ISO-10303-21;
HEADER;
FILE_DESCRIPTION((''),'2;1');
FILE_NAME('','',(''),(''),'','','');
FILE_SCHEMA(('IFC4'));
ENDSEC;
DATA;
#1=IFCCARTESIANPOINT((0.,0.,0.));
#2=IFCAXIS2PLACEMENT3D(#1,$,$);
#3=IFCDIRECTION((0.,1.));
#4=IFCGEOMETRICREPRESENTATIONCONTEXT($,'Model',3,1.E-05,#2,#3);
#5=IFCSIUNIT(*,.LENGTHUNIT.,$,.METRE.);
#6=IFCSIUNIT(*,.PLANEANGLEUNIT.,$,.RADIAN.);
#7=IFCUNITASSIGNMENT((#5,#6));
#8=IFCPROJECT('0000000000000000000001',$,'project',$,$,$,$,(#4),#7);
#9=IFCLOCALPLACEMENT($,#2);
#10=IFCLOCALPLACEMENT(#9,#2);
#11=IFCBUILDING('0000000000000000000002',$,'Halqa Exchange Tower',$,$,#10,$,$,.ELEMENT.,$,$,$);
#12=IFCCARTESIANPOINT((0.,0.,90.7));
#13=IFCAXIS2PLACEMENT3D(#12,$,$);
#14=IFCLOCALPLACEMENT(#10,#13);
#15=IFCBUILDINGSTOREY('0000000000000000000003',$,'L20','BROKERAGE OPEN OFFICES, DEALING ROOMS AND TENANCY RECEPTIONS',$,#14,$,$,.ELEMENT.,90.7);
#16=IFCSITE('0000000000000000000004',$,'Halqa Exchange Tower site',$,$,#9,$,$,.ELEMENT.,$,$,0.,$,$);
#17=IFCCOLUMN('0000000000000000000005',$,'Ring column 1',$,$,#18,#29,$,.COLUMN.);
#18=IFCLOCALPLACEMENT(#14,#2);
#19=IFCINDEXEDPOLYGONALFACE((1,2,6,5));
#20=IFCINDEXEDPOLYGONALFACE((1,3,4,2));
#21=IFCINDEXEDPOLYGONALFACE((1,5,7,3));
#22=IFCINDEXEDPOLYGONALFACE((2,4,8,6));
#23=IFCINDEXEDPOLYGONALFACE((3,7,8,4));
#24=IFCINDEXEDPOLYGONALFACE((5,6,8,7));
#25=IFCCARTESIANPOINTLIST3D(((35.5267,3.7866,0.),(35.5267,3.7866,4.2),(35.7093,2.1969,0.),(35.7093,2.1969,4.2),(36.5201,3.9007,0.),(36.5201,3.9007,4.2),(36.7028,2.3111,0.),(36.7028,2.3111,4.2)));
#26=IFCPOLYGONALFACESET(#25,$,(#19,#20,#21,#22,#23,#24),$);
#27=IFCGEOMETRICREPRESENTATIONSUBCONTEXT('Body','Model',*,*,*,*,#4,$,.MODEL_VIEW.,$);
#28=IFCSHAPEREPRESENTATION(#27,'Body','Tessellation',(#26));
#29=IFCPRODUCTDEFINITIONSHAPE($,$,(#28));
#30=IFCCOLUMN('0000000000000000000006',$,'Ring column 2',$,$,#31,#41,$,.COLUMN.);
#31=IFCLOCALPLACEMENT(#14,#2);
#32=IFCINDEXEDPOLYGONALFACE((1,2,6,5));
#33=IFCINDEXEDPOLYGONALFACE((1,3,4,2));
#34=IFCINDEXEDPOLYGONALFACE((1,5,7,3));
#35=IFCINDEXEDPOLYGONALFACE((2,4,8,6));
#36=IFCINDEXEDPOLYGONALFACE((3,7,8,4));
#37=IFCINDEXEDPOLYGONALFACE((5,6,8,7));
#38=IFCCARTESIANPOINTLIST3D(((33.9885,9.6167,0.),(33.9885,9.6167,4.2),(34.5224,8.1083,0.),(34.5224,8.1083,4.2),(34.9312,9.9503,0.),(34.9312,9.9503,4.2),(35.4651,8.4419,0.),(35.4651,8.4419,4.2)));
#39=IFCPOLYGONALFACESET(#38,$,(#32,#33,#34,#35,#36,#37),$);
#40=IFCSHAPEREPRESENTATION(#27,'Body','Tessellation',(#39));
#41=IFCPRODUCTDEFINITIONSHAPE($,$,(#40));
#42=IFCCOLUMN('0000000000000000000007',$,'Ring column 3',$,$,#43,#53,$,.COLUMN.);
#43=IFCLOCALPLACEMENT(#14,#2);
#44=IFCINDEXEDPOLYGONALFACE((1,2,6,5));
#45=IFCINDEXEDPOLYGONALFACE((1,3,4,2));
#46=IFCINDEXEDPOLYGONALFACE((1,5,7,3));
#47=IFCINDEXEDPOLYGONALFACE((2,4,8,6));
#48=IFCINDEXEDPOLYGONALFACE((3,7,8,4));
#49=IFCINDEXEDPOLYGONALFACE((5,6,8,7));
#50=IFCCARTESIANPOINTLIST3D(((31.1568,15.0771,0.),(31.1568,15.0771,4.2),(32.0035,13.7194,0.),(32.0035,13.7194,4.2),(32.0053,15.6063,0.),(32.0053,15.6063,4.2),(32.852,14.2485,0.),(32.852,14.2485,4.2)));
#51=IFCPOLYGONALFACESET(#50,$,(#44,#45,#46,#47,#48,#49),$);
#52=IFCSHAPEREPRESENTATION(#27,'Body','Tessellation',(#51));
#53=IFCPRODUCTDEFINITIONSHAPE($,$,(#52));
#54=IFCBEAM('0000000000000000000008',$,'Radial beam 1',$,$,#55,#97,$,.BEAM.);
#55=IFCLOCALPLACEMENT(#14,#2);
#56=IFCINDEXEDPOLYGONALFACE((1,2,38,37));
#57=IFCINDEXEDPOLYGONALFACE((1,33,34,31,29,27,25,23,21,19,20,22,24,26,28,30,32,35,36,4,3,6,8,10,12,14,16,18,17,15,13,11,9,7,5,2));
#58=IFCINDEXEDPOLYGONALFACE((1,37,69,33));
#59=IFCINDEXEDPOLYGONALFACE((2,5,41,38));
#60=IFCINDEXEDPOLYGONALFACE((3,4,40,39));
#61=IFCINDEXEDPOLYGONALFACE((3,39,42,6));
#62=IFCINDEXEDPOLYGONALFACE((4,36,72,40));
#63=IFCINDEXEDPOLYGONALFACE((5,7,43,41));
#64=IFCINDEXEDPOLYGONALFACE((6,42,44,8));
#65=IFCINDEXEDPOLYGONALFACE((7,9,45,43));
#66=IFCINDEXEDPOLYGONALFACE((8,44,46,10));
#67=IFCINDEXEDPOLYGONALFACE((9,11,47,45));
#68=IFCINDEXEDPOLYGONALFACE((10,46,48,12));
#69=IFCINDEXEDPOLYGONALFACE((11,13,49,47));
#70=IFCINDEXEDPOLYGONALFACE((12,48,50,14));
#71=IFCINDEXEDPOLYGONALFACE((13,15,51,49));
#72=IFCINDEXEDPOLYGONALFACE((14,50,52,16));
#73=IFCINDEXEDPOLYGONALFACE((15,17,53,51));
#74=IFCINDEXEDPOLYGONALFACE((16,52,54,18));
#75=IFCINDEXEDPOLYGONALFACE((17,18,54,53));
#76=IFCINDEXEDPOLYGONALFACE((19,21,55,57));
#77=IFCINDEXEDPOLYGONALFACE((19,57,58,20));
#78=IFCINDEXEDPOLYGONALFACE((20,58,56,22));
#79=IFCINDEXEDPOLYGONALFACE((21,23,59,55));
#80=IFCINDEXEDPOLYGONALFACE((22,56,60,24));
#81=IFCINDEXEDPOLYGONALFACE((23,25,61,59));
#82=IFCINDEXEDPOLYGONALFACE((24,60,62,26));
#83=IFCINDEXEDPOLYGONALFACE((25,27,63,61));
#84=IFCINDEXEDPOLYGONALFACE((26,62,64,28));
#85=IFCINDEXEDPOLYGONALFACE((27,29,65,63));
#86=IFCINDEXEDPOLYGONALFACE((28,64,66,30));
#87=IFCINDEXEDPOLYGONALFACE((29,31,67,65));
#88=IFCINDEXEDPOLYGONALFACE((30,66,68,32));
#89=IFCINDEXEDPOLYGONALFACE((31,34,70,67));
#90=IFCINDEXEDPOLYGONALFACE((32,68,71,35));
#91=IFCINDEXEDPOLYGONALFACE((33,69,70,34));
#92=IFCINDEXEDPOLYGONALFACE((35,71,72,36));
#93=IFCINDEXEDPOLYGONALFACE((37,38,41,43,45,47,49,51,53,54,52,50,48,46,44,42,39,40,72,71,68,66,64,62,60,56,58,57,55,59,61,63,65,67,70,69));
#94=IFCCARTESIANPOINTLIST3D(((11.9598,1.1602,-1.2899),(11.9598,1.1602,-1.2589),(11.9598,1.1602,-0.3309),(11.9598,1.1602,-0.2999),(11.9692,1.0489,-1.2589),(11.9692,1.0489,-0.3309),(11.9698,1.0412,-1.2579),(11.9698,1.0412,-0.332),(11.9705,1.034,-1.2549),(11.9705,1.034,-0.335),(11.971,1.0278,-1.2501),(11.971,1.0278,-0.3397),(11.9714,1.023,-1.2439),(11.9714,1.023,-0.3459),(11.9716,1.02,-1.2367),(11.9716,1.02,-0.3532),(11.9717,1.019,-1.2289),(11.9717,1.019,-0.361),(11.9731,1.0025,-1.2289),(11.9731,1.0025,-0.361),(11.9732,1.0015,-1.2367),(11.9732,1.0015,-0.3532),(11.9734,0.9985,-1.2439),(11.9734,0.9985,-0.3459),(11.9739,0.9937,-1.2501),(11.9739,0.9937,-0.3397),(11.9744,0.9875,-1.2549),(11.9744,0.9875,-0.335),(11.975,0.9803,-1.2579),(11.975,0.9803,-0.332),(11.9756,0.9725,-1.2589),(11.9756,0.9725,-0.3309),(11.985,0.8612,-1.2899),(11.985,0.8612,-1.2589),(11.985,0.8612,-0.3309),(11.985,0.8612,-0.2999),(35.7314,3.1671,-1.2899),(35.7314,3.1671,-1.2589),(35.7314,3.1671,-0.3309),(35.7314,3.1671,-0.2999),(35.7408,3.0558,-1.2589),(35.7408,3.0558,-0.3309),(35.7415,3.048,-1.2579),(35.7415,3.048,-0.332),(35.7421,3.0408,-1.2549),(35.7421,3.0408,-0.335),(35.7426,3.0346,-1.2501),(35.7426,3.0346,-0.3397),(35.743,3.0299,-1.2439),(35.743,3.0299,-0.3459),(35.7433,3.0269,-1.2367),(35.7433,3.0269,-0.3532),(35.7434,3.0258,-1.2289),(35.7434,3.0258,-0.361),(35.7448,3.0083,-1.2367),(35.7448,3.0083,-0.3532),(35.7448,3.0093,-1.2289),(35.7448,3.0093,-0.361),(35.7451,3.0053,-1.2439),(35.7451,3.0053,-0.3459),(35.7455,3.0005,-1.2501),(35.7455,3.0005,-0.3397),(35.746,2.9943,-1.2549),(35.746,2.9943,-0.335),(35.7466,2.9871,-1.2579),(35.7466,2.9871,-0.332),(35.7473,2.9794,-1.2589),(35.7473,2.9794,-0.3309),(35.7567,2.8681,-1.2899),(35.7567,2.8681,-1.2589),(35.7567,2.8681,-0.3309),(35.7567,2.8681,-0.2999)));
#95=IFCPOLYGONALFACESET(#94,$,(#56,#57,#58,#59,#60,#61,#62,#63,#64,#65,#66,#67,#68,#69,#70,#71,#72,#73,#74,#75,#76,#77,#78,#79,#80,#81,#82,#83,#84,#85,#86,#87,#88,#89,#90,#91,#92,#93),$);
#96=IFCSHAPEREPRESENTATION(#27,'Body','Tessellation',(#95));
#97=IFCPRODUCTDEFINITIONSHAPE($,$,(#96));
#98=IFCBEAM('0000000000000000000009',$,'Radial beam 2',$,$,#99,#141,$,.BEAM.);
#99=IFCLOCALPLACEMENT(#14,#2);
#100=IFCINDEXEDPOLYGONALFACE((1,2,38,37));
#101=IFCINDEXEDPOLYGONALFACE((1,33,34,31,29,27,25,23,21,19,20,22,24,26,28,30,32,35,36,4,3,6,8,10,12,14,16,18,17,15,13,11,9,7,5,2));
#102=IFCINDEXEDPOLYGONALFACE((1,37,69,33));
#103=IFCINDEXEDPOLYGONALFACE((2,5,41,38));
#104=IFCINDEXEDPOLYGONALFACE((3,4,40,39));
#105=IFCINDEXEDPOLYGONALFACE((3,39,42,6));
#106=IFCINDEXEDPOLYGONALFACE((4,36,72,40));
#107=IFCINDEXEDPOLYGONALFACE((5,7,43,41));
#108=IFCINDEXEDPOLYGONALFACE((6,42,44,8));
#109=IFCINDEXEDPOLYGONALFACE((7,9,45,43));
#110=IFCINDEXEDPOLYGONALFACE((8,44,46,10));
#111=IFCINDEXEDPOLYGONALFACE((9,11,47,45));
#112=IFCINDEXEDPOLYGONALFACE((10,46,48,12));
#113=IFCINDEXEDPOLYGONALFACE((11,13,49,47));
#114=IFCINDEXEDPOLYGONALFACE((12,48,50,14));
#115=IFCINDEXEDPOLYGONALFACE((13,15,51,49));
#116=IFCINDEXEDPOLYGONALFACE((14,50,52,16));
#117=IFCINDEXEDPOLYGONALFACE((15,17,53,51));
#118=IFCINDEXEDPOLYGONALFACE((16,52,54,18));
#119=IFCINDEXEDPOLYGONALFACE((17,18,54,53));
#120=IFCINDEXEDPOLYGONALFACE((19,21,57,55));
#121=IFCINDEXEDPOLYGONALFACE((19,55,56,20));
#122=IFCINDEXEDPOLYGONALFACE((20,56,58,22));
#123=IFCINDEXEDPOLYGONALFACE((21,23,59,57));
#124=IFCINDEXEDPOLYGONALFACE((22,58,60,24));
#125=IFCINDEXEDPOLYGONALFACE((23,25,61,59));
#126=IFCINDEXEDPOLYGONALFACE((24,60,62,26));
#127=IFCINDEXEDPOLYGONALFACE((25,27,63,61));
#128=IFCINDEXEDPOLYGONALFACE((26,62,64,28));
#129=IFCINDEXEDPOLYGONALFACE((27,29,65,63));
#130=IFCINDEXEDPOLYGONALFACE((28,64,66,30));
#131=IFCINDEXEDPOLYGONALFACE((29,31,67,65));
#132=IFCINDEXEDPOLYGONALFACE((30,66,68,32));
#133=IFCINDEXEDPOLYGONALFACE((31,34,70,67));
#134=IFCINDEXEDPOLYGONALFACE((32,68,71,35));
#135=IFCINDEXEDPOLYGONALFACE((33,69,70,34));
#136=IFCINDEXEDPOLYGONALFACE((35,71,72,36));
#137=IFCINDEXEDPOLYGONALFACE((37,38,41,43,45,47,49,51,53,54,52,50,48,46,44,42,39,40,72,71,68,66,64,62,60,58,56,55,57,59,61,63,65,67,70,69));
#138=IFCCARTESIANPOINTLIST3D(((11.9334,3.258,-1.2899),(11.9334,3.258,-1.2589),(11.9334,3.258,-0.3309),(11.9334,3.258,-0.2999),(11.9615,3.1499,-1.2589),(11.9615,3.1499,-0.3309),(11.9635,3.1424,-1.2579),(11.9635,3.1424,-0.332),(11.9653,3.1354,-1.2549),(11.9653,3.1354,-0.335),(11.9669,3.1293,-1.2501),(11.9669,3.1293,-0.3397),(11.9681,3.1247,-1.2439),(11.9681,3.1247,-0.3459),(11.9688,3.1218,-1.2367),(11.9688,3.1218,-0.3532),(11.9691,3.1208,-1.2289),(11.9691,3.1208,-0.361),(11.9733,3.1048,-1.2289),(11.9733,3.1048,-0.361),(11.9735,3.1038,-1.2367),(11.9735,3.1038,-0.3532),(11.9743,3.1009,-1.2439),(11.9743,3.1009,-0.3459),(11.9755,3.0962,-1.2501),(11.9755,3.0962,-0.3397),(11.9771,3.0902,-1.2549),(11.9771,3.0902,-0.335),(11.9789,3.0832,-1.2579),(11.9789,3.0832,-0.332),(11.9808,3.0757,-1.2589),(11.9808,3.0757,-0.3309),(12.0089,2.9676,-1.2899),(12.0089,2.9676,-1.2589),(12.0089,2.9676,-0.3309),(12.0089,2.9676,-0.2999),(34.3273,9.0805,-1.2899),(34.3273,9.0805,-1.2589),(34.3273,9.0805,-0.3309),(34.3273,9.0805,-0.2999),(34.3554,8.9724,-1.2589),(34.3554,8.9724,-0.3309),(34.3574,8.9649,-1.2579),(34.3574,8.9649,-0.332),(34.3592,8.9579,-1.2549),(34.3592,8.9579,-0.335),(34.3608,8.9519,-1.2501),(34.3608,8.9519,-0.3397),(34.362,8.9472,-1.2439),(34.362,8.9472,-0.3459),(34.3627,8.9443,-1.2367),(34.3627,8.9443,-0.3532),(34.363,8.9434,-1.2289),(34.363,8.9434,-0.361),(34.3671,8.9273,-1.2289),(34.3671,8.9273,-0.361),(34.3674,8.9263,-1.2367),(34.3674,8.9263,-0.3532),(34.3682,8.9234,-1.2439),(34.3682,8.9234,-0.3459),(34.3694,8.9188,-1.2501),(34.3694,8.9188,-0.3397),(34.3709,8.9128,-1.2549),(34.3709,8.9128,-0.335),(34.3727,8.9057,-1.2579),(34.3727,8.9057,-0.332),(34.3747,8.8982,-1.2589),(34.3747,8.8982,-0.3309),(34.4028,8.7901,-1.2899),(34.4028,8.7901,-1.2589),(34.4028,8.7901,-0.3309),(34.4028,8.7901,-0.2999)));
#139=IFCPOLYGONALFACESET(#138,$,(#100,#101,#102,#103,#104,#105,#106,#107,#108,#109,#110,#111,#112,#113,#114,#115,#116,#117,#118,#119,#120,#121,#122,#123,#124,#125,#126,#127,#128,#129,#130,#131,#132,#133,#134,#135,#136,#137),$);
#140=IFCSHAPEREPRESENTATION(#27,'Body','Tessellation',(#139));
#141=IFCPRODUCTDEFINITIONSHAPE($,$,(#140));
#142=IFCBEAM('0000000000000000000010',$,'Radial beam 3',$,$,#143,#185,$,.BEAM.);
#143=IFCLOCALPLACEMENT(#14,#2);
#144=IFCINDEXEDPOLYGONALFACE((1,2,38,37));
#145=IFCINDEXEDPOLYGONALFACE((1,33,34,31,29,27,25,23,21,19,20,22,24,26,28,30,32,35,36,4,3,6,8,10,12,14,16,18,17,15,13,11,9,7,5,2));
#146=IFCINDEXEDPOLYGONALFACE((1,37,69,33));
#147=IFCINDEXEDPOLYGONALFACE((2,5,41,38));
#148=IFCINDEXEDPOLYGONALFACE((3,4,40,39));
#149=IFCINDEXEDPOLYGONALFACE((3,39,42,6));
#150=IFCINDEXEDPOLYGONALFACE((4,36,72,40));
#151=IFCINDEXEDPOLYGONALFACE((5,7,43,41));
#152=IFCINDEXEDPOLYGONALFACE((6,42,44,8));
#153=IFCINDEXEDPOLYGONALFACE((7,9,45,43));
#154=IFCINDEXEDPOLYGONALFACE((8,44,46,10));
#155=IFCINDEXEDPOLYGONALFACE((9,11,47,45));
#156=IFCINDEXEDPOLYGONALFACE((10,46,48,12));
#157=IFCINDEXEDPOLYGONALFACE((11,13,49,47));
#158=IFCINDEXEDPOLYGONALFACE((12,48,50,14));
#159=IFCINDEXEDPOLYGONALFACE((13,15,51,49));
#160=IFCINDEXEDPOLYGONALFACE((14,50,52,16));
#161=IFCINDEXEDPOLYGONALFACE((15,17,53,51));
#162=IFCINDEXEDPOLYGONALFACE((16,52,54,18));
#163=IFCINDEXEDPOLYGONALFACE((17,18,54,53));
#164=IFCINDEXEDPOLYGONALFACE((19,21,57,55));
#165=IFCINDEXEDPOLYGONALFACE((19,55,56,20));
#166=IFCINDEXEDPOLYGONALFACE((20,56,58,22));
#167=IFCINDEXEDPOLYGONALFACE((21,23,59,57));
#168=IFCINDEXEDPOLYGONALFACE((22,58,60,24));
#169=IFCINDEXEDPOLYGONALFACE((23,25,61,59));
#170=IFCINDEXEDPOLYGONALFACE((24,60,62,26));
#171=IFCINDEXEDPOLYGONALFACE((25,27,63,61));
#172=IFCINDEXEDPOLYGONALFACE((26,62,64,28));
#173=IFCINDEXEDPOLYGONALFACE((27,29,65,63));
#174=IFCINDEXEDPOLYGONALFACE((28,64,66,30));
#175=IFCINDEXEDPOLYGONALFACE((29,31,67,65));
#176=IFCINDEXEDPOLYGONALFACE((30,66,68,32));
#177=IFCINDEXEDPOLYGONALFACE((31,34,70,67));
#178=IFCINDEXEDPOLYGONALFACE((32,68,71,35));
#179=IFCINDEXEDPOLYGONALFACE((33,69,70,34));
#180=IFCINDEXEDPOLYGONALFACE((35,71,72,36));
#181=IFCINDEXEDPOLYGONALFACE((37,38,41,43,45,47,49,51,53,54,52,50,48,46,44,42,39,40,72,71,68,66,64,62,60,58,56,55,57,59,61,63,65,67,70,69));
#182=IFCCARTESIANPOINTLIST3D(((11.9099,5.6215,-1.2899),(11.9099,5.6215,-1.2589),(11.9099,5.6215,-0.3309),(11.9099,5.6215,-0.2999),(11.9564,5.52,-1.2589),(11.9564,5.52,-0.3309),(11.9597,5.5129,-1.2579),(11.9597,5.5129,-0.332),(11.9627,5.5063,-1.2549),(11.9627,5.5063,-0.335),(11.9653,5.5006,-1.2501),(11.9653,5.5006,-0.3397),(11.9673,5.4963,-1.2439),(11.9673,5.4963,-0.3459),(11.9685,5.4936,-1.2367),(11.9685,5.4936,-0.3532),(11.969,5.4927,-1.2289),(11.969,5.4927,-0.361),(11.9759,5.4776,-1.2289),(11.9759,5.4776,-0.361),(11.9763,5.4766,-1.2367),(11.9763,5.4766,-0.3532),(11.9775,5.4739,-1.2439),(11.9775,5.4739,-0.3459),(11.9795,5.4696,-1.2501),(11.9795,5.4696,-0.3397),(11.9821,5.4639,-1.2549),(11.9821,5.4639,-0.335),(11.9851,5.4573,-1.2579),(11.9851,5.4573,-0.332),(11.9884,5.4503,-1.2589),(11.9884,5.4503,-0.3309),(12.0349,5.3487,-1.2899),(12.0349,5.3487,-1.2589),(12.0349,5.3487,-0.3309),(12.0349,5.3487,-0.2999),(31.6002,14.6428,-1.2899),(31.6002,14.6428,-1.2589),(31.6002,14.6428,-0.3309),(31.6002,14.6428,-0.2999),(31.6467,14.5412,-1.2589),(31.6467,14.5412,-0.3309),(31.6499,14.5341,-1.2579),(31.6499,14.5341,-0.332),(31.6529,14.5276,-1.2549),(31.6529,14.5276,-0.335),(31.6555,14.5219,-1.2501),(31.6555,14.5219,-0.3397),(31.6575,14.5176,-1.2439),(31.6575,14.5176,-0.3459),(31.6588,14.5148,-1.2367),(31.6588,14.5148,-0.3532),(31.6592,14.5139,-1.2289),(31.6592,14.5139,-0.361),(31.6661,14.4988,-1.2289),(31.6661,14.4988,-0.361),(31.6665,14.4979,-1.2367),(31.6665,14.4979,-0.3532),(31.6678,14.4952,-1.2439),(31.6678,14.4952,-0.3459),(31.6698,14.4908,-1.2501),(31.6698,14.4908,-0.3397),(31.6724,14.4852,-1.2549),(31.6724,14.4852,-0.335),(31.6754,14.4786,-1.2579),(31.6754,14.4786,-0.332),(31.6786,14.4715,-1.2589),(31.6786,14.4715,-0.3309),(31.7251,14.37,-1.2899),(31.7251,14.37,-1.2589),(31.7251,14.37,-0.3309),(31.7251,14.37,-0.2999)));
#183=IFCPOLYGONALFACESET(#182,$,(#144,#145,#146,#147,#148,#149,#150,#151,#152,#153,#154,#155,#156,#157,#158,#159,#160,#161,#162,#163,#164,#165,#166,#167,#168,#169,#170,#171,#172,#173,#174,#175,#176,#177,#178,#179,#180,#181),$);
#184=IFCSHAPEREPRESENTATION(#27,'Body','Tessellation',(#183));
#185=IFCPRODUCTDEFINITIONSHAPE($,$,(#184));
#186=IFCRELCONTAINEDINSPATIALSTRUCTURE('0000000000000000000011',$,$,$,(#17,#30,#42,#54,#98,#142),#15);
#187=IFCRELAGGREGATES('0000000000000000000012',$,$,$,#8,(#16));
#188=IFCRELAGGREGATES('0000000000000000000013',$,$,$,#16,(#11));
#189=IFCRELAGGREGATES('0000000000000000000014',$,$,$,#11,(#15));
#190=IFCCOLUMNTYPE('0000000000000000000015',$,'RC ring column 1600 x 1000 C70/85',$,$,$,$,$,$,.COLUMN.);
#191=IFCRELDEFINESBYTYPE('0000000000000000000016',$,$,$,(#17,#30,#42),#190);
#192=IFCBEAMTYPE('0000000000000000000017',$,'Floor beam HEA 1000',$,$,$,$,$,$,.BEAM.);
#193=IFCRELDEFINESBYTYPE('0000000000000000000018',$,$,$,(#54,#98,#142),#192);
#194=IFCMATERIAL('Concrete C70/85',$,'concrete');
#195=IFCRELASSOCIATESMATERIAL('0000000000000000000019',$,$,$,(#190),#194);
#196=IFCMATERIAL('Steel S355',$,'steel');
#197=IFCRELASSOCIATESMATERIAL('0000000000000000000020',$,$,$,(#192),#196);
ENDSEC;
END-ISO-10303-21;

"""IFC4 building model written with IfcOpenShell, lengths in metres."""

from ifc_helpers import new_model, si_unit, direction, frame, origin, origin_2d, place, context, subcontext, project, spatial, rectangle, i_section, extrude, material, material_profile, profile_set, type_object, element, save


model = new_model("IFC4")

# Units and contexts
model_context = context("Model", 3, precision=1e-05, world=origin(), true_north=direction((0.0, 1.0)))
body_context = subcontext(model_context, "Body", "Model", "MODEL_VIEW")
ifc_project = project(units=[si_unit("LENGTHUNIT", "METRE"), si_unit("PLANEANGLEUNIT", "RADIAN")], contexts=[model_context])

# Site, building, storey
site_placement = place(None, origin())
site = spatial("IfcSite", under=ifc_project, at=site_placement, Name="Halqa Exchange Tower site", CompositionType="ELEMENT", RefElevation=0.0)
building_placement = place(site_placement, origin())
building = spatial("IfcBuilding", under=site, at=building_placement, Name="Halqa Exchange Tower", CompositionType="ELEMENT")
storey_placement = place(building_placement, frame((0.0, 0.0, 90.7)))
storey = spatial("IfcBuildingStorey", under=building, at=storey_placement, Name="L20", Description="BROKERAGE OPEN OFFICES, DEALING ROOMS AND TENANCY RECEPTIONS", CompositionType="ELEMENT", Elevation=90.7)

# Columns
ifc_material_1 = material(Name="Concrete C70/85", Category="concrete")
ifc_material_profile_1 = material_profile(ifc_material_1, rectangle(XDim=1.6001, YDim=1.0, at=origin_2d()), Name="1600 x 1000")
ifc_profile_set_1 = profile_set([ifc_material_profile_1], Name="Concrete C70/85")
column_type = type_object("IfcColumnType", Name="RC ring column 1600 x 1000 C70/85", PredefinedType="COLUMN", material=ifc_profile_set_1)
for number, where, z_axis, x_axis, name in (
    (1, (36.1147, 3.0488, 0.0), (0.0, 0.0, 1.0), (-0.114157, 0.993463, 0.0), "Ring column 1"),
    (2, (34.7268, 9.0293, 0.0), (0.0, 0.0, 1.0), (-0.333631, 0.942704, 0.0), "Ring column 2"),
    (3, (32.0044, 14.6628, 0.0), (0.0, 0.0, 1.0), (-0.52914, 0.848534, 0.0), "Ring column 3"),
):
    element("IfcColumn", number, at=place(storey_placement, frame(where, z_axis=z_axis, x_axis=x_axis)), inside=storey, type_object=column_type, Name=name, PredefinedType="COLUMN", context=body_context, shape_type="SweptSolid", body=[
        extrude(rectangle(XDim=1.6001, YDim=1.0, at=origin_2d()), origin(), (0.0, 0.0, 1.0), 4.2),
    ])

# Beams
ifc_material_2 = material(Name="Steel S355", Category="steel")
ifc_material_profile_2 = material_profile(ifc_material_2, i_section(OverallWidth=0.3, OverallDepth=0.99, WebThickness=0.0166, FlangeThickness=0.031, FilletRadius=0.03, at=origin_2d()), Name="HEA 1000")
ifc_profile_set_2 = profile_set([ifc_material_profile_2], Name="Steel S355")
beam_type_1 = type_object("IfcBeamType", Name="Floor beam HEA 1000", PredefinedType="BEAM", material=ifc_profile_set_2)
beam_1_placement = place(storey_placement, frame((11.9724, 1.0107, -0.7949), z_axis=(0.996455, 0.084122, 0.0), x_axis=(-0.084122, 0.996455, 0.0)))
element("IfcBeam", 4, at=beam_1_placement, inside=storey, type_object=beam_type_1, Name="Radial beam 1", PredefinedType="BEAM", context=body_context, shape_type="SweptSolid", body=[
    extrude(i_section(OverallWidth=0.3, OverallDepth=0.99, WebThickness=0.0166, FlangeThickness=0.031, FilletRadius=0.03, at=origin_2d()), origin(), (0.0, 0.0, 1.0), 23.8562),
])
beam_2_placement = place(storey_placement, frame((11.9712, 3.1128, -0.7949), z_axis=(0.967821, 0.251639, 0.0), x_axis=(-0.251639, 0.967821, 0.0)))
element("IfcBeam", 5, at=beam_2_placement, inside=storey, type_object=beam_type_1, Name="Radial beam 2", PredefinedType="BEAM", context=body_context, shape_type="SweptSolid", body=[
    extrude(i_section(OverallWidth=0.3, OverallDepth=0.99, WebThickness=0.0166, FlangeThickness=0.031, FilletRadius=0.03, at=origin_2d()), origin(), (0.0, 0.0, 1.0), 23.1384),
])
beam_3_placement = place(storey_placement, frame((11.9724, 5.4851, -0.7949), z_axis=(0.909125, 0.416524, 0.0), x_axis=(-0.416524, 0.909125, 0.0)))
element("IfcBeam", 6, at=beam_3_placement, inside=storey, type_object=beam_type_1, Name="Radial beam 3", PredefinedType="BEAM", context=body_context, shape_type="SweptSolid", body=[
    extrude(i_section(OverallWidth=0.3, OverallDepth=0.99, WebThickness=0.0166, FlangeThickness=0.031, FilletRadius=0.03, at=origin_2d()), origin(), (0.0, 0.0, 1.0), 21.6584),
])

save(model, "model.ifc")
